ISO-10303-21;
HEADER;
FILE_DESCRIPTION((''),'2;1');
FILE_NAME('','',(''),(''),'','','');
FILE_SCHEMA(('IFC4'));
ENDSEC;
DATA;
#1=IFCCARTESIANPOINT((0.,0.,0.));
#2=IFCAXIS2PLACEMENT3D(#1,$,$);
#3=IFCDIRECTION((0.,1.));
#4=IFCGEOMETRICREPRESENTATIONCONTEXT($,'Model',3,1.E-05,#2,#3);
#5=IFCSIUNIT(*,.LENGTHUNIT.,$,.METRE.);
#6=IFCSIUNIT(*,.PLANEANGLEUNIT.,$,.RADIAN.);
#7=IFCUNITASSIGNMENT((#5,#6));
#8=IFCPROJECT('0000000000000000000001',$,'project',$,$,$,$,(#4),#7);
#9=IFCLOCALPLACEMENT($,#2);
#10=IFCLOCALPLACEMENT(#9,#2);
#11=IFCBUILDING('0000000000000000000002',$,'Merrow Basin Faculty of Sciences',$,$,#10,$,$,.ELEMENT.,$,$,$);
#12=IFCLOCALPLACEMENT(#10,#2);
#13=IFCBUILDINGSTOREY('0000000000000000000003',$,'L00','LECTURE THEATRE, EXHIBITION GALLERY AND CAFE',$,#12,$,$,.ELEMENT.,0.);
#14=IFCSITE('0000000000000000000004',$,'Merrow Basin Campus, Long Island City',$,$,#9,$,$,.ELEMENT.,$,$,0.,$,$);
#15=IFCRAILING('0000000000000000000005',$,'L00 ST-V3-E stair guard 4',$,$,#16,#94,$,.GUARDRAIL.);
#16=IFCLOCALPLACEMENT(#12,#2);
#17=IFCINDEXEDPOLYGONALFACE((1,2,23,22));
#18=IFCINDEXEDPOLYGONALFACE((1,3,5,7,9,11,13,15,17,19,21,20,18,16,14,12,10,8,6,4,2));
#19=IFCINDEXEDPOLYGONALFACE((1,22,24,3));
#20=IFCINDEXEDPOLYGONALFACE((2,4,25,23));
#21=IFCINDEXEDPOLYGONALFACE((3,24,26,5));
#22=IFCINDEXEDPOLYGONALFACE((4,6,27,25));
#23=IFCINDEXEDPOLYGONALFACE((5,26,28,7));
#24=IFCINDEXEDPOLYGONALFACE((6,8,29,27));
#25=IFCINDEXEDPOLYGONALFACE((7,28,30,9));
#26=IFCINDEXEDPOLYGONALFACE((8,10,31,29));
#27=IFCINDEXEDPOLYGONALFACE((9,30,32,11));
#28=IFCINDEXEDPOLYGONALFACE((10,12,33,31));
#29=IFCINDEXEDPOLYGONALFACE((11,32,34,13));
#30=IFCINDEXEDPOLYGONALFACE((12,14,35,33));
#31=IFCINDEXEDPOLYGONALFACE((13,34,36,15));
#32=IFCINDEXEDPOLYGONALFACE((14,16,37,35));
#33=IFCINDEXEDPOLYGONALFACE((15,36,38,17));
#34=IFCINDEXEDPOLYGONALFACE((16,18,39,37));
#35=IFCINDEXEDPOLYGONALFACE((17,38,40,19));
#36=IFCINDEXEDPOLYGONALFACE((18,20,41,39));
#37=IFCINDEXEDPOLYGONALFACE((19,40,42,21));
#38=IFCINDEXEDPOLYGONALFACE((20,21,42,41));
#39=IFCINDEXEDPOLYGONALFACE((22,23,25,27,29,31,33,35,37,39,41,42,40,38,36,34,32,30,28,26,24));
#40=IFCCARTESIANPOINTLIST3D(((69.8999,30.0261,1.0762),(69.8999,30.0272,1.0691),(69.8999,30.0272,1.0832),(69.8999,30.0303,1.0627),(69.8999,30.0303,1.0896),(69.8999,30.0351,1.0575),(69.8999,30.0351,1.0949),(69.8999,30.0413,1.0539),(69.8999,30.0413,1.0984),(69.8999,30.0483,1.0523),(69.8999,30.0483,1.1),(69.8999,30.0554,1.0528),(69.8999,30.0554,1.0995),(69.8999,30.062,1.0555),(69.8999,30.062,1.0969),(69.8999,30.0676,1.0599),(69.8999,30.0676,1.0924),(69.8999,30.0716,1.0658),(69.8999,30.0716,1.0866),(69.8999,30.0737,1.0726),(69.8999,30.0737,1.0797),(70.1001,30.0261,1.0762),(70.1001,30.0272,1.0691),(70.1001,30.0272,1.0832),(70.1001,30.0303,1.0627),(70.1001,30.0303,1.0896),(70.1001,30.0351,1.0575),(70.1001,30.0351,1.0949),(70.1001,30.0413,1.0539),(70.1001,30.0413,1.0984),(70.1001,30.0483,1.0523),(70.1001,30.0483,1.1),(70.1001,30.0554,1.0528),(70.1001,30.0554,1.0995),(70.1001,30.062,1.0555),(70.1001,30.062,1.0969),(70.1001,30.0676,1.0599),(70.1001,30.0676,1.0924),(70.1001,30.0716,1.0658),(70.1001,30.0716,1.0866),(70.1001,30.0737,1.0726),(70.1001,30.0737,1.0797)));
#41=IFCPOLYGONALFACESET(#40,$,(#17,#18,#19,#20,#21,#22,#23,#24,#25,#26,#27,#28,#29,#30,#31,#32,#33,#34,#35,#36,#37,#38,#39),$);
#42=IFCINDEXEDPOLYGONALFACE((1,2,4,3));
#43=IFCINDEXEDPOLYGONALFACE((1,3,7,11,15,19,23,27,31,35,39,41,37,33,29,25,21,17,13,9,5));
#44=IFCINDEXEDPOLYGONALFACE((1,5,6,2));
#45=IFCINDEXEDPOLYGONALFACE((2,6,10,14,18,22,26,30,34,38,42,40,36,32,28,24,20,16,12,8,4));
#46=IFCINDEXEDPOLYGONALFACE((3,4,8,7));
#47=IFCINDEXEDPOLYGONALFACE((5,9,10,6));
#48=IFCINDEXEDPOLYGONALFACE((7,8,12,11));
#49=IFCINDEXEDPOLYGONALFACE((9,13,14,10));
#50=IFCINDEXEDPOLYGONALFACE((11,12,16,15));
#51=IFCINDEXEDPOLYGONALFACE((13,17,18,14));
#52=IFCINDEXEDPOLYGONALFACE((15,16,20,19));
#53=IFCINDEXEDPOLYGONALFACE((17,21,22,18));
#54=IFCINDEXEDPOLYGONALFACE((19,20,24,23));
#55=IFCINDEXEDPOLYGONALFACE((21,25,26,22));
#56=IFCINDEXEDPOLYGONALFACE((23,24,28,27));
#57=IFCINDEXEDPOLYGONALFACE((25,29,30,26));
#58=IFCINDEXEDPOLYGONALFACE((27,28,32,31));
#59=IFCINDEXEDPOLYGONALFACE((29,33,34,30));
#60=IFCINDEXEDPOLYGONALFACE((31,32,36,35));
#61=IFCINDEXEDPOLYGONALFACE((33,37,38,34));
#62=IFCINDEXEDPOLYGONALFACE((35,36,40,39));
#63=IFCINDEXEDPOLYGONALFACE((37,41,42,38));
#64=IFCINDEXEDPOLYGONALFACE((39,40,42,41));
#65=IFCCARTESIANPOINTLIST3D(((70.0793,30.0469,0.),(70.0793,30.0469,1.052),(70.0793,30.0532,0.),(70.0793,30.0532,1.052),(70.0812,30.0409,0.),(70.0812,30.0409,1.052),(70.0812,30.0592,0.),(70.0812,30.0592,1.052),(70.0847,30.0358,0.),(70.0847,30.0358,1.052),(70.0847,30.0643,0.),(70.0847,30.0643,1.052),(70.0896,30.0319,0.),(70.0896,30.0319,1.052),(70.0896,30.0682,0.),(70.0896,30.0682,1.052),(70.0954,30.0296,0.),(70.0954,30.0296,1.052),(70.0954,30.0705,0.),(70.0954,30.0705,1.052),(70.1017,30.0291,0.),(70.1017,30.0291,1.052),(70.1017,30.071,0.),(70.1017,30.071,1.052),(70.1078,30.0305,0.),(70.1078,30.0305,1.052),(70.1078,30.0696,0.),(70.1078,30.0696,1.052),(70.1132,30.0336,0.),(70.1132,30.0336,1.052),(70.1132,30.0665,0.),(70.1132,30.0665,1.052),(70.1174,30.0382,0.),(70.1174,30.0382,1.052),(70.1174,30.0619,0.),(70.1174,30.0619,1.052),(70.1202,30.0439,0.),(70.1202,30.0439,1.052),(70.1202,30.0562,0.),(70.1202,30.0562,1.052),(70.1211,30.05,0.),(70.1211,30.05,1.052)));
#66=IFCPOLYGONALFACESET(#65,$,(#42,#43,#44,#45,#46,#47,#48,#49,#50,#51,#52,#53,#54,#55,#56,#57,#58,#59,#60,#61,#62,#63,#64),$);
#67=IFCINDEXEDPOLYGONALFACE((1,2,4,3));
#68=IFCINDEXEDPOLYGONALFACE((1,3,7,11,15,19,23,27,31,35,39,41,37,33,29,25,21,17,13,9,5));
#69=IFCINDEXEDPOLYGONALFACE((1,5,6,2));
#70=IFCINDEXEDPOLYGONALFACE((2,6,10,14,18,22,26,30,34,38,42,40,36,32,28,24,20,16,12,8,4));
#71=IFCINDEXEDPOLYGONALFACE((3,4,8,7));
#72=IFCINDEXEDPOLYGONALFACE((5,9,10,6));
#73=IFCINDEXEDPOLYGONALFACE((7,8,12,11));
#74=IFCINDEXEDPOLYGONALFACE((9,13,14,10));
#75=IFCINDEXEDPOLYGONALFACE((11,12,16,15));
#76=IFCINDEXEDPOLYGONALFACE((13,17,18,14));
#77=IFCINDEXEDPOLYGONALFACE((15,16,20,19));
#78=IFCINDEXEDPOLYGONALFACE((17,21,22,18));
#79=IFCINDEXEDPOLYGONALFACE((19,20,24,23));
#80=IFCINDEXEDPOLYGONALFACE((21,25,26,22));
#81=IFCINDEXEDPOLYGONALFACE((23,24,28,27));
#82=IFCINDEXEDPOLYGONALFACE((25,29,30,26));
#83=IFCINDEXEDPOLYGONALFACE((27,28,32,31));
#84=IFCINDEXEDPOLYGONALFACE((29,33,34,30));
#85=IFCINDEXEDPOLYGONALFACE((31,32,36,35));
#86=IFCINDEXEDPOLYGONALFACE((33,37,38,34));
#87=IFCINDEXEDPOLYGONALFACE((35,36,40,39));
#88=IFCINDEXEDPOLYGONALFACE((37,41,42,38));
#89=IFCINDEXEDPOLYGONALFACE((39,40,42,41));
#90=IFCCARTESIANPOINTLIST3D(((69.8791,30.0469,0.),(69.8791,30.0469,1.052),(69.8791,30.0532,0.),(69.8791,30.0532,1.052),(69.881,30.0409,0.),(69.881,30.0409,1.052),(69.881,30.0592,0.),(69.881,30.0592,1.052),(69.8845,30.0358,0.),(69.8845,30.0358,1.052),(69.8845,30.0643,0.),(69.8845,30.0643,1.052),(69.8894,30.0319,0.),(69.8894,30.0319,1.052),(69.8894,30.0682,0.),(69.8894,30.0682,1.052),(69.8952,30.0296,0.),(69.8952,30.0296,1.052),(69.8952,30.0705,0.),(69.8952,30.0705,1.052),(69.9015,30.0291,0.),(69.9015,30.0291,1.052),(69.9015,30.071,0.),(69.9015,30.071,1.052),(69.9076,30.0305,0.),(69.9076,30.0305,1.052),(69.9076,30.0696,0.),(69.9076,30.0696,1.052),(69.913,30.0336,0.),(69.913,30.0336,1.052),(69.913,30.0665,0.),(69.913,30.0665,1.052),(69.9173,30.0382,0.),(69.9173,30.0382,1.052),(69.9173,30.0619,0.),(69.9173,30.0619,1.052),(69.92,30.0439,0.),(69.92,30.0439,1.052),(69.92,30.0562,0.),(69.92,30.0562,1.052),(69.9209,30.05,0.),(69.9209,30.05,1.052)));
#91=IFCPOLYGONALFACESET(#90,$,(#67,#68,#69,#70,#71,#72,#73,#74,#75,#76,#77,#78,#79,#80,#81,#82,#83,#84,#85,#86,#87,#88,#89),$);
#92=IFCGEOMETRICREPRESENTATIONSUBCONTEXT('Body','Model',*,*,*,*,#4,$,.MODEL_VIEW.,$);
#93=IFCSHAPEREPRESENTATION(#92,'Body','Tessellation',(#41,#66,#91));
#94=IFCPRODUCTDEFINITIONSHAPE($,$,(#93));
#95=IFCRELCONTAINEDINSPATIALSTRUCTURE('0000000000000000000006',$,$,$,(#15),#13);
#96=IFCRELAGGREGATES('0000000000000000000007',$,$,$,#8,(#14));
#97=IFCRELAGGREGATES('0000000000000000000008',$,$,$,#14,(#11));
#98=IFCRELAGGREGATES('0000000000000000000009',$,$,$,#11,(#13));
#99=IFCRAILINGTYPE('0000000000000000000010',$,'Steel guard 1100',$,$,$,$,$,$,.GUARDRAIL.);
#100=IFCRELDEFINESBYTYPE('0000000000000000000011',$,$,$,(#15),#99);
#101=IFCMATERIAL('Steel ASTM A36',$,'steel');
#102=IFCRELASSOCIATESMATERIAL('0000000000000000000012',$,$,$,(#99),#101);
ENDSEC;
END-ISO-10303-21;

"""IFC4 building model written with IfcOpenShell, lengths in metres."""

from ifc_helpers import new_model, si_unit, direction, frame, origin, origin_2d, place, context, subcontext, project, spatial, circle, extrude, material, type_object, element, save


model = new_model("IFC4")

# Units and contexts
model_context = context("Model", 3, precision=1e-05, world=origin(), true_north=direction((0.0, 1.0)))
body_context = subcontext(model_context, "Body", "Model", "MODEL_VIEW")
ifc_project = project(units=[si_unit("LENGTHUNIT", "METRE"), si_unit("PLANEANGLEUNIT", "RADIAN")], contexts=[model_context])

# Site, building, storey
site_placement = place(None, origin())
site = spatial("IfcSite", under=ifc_project, at=site_placement, Name="Merrow Basin Campus, Long Island City", CompositionType="ELEMENT", RefElevation=0.0)
building_placement = place(site_placement, origin())
building = spatial("IfcBuilding", under=site, at=building_placement, Name="Merrow Basin Faculty of Sciences", CompositionType="ELEMENT")
storey_placement = place(building_placement, origin())
storey = spatial("IfcBuildingStorey", under=building, at=storey_placement, Name="L00", Description="LECTURE THEATRE, EXHIBITION GALLERY AND CAFE", CompositionType="ELEMENT", Elevation=0.0)

# Railing
ifc_material_1 = material(Name="Steel ASTM A36", Category="steel")
railing_type_1 = type_object("IfcRailingType", Name="Steel guard 1100", PredefinedType="GUARDRAIL", material=ifc_material_1)
railing_1_placement = place(storey_placement, frame((70.1001, 30.05, 0.0)))
element("IfcRailing", 1, at=railing_1_placement, inside=storey, type_object=railing_type_1, Name="L00 ST-V3-E stair guard 4", PredefinedType="GUARDRAIL", context=body_context, shape_type="SweptSolid", body=[
    extrude(circle(Radius=0.0239, at=origin_2d()), frame((0.0, 0.0, 1.0762), z_axis=(-1.0, 0.0, 0.0), x_axis=(0.0, -1.0, 0.0)), (0.0, 0.0, 1.0), 0.2002),
    extrude(circle(Radius=0.021, at=origin_2d()), origin(), (0.0, 0.0, 1.0), 1.052),
    extrude(circle(Radius=0.021, at=origin_2d()), frame((-0.2002, 0.0, 0.0)), (0.0, 0.0, 1.0), 1.052),
])

save(model, "model.ifc")
